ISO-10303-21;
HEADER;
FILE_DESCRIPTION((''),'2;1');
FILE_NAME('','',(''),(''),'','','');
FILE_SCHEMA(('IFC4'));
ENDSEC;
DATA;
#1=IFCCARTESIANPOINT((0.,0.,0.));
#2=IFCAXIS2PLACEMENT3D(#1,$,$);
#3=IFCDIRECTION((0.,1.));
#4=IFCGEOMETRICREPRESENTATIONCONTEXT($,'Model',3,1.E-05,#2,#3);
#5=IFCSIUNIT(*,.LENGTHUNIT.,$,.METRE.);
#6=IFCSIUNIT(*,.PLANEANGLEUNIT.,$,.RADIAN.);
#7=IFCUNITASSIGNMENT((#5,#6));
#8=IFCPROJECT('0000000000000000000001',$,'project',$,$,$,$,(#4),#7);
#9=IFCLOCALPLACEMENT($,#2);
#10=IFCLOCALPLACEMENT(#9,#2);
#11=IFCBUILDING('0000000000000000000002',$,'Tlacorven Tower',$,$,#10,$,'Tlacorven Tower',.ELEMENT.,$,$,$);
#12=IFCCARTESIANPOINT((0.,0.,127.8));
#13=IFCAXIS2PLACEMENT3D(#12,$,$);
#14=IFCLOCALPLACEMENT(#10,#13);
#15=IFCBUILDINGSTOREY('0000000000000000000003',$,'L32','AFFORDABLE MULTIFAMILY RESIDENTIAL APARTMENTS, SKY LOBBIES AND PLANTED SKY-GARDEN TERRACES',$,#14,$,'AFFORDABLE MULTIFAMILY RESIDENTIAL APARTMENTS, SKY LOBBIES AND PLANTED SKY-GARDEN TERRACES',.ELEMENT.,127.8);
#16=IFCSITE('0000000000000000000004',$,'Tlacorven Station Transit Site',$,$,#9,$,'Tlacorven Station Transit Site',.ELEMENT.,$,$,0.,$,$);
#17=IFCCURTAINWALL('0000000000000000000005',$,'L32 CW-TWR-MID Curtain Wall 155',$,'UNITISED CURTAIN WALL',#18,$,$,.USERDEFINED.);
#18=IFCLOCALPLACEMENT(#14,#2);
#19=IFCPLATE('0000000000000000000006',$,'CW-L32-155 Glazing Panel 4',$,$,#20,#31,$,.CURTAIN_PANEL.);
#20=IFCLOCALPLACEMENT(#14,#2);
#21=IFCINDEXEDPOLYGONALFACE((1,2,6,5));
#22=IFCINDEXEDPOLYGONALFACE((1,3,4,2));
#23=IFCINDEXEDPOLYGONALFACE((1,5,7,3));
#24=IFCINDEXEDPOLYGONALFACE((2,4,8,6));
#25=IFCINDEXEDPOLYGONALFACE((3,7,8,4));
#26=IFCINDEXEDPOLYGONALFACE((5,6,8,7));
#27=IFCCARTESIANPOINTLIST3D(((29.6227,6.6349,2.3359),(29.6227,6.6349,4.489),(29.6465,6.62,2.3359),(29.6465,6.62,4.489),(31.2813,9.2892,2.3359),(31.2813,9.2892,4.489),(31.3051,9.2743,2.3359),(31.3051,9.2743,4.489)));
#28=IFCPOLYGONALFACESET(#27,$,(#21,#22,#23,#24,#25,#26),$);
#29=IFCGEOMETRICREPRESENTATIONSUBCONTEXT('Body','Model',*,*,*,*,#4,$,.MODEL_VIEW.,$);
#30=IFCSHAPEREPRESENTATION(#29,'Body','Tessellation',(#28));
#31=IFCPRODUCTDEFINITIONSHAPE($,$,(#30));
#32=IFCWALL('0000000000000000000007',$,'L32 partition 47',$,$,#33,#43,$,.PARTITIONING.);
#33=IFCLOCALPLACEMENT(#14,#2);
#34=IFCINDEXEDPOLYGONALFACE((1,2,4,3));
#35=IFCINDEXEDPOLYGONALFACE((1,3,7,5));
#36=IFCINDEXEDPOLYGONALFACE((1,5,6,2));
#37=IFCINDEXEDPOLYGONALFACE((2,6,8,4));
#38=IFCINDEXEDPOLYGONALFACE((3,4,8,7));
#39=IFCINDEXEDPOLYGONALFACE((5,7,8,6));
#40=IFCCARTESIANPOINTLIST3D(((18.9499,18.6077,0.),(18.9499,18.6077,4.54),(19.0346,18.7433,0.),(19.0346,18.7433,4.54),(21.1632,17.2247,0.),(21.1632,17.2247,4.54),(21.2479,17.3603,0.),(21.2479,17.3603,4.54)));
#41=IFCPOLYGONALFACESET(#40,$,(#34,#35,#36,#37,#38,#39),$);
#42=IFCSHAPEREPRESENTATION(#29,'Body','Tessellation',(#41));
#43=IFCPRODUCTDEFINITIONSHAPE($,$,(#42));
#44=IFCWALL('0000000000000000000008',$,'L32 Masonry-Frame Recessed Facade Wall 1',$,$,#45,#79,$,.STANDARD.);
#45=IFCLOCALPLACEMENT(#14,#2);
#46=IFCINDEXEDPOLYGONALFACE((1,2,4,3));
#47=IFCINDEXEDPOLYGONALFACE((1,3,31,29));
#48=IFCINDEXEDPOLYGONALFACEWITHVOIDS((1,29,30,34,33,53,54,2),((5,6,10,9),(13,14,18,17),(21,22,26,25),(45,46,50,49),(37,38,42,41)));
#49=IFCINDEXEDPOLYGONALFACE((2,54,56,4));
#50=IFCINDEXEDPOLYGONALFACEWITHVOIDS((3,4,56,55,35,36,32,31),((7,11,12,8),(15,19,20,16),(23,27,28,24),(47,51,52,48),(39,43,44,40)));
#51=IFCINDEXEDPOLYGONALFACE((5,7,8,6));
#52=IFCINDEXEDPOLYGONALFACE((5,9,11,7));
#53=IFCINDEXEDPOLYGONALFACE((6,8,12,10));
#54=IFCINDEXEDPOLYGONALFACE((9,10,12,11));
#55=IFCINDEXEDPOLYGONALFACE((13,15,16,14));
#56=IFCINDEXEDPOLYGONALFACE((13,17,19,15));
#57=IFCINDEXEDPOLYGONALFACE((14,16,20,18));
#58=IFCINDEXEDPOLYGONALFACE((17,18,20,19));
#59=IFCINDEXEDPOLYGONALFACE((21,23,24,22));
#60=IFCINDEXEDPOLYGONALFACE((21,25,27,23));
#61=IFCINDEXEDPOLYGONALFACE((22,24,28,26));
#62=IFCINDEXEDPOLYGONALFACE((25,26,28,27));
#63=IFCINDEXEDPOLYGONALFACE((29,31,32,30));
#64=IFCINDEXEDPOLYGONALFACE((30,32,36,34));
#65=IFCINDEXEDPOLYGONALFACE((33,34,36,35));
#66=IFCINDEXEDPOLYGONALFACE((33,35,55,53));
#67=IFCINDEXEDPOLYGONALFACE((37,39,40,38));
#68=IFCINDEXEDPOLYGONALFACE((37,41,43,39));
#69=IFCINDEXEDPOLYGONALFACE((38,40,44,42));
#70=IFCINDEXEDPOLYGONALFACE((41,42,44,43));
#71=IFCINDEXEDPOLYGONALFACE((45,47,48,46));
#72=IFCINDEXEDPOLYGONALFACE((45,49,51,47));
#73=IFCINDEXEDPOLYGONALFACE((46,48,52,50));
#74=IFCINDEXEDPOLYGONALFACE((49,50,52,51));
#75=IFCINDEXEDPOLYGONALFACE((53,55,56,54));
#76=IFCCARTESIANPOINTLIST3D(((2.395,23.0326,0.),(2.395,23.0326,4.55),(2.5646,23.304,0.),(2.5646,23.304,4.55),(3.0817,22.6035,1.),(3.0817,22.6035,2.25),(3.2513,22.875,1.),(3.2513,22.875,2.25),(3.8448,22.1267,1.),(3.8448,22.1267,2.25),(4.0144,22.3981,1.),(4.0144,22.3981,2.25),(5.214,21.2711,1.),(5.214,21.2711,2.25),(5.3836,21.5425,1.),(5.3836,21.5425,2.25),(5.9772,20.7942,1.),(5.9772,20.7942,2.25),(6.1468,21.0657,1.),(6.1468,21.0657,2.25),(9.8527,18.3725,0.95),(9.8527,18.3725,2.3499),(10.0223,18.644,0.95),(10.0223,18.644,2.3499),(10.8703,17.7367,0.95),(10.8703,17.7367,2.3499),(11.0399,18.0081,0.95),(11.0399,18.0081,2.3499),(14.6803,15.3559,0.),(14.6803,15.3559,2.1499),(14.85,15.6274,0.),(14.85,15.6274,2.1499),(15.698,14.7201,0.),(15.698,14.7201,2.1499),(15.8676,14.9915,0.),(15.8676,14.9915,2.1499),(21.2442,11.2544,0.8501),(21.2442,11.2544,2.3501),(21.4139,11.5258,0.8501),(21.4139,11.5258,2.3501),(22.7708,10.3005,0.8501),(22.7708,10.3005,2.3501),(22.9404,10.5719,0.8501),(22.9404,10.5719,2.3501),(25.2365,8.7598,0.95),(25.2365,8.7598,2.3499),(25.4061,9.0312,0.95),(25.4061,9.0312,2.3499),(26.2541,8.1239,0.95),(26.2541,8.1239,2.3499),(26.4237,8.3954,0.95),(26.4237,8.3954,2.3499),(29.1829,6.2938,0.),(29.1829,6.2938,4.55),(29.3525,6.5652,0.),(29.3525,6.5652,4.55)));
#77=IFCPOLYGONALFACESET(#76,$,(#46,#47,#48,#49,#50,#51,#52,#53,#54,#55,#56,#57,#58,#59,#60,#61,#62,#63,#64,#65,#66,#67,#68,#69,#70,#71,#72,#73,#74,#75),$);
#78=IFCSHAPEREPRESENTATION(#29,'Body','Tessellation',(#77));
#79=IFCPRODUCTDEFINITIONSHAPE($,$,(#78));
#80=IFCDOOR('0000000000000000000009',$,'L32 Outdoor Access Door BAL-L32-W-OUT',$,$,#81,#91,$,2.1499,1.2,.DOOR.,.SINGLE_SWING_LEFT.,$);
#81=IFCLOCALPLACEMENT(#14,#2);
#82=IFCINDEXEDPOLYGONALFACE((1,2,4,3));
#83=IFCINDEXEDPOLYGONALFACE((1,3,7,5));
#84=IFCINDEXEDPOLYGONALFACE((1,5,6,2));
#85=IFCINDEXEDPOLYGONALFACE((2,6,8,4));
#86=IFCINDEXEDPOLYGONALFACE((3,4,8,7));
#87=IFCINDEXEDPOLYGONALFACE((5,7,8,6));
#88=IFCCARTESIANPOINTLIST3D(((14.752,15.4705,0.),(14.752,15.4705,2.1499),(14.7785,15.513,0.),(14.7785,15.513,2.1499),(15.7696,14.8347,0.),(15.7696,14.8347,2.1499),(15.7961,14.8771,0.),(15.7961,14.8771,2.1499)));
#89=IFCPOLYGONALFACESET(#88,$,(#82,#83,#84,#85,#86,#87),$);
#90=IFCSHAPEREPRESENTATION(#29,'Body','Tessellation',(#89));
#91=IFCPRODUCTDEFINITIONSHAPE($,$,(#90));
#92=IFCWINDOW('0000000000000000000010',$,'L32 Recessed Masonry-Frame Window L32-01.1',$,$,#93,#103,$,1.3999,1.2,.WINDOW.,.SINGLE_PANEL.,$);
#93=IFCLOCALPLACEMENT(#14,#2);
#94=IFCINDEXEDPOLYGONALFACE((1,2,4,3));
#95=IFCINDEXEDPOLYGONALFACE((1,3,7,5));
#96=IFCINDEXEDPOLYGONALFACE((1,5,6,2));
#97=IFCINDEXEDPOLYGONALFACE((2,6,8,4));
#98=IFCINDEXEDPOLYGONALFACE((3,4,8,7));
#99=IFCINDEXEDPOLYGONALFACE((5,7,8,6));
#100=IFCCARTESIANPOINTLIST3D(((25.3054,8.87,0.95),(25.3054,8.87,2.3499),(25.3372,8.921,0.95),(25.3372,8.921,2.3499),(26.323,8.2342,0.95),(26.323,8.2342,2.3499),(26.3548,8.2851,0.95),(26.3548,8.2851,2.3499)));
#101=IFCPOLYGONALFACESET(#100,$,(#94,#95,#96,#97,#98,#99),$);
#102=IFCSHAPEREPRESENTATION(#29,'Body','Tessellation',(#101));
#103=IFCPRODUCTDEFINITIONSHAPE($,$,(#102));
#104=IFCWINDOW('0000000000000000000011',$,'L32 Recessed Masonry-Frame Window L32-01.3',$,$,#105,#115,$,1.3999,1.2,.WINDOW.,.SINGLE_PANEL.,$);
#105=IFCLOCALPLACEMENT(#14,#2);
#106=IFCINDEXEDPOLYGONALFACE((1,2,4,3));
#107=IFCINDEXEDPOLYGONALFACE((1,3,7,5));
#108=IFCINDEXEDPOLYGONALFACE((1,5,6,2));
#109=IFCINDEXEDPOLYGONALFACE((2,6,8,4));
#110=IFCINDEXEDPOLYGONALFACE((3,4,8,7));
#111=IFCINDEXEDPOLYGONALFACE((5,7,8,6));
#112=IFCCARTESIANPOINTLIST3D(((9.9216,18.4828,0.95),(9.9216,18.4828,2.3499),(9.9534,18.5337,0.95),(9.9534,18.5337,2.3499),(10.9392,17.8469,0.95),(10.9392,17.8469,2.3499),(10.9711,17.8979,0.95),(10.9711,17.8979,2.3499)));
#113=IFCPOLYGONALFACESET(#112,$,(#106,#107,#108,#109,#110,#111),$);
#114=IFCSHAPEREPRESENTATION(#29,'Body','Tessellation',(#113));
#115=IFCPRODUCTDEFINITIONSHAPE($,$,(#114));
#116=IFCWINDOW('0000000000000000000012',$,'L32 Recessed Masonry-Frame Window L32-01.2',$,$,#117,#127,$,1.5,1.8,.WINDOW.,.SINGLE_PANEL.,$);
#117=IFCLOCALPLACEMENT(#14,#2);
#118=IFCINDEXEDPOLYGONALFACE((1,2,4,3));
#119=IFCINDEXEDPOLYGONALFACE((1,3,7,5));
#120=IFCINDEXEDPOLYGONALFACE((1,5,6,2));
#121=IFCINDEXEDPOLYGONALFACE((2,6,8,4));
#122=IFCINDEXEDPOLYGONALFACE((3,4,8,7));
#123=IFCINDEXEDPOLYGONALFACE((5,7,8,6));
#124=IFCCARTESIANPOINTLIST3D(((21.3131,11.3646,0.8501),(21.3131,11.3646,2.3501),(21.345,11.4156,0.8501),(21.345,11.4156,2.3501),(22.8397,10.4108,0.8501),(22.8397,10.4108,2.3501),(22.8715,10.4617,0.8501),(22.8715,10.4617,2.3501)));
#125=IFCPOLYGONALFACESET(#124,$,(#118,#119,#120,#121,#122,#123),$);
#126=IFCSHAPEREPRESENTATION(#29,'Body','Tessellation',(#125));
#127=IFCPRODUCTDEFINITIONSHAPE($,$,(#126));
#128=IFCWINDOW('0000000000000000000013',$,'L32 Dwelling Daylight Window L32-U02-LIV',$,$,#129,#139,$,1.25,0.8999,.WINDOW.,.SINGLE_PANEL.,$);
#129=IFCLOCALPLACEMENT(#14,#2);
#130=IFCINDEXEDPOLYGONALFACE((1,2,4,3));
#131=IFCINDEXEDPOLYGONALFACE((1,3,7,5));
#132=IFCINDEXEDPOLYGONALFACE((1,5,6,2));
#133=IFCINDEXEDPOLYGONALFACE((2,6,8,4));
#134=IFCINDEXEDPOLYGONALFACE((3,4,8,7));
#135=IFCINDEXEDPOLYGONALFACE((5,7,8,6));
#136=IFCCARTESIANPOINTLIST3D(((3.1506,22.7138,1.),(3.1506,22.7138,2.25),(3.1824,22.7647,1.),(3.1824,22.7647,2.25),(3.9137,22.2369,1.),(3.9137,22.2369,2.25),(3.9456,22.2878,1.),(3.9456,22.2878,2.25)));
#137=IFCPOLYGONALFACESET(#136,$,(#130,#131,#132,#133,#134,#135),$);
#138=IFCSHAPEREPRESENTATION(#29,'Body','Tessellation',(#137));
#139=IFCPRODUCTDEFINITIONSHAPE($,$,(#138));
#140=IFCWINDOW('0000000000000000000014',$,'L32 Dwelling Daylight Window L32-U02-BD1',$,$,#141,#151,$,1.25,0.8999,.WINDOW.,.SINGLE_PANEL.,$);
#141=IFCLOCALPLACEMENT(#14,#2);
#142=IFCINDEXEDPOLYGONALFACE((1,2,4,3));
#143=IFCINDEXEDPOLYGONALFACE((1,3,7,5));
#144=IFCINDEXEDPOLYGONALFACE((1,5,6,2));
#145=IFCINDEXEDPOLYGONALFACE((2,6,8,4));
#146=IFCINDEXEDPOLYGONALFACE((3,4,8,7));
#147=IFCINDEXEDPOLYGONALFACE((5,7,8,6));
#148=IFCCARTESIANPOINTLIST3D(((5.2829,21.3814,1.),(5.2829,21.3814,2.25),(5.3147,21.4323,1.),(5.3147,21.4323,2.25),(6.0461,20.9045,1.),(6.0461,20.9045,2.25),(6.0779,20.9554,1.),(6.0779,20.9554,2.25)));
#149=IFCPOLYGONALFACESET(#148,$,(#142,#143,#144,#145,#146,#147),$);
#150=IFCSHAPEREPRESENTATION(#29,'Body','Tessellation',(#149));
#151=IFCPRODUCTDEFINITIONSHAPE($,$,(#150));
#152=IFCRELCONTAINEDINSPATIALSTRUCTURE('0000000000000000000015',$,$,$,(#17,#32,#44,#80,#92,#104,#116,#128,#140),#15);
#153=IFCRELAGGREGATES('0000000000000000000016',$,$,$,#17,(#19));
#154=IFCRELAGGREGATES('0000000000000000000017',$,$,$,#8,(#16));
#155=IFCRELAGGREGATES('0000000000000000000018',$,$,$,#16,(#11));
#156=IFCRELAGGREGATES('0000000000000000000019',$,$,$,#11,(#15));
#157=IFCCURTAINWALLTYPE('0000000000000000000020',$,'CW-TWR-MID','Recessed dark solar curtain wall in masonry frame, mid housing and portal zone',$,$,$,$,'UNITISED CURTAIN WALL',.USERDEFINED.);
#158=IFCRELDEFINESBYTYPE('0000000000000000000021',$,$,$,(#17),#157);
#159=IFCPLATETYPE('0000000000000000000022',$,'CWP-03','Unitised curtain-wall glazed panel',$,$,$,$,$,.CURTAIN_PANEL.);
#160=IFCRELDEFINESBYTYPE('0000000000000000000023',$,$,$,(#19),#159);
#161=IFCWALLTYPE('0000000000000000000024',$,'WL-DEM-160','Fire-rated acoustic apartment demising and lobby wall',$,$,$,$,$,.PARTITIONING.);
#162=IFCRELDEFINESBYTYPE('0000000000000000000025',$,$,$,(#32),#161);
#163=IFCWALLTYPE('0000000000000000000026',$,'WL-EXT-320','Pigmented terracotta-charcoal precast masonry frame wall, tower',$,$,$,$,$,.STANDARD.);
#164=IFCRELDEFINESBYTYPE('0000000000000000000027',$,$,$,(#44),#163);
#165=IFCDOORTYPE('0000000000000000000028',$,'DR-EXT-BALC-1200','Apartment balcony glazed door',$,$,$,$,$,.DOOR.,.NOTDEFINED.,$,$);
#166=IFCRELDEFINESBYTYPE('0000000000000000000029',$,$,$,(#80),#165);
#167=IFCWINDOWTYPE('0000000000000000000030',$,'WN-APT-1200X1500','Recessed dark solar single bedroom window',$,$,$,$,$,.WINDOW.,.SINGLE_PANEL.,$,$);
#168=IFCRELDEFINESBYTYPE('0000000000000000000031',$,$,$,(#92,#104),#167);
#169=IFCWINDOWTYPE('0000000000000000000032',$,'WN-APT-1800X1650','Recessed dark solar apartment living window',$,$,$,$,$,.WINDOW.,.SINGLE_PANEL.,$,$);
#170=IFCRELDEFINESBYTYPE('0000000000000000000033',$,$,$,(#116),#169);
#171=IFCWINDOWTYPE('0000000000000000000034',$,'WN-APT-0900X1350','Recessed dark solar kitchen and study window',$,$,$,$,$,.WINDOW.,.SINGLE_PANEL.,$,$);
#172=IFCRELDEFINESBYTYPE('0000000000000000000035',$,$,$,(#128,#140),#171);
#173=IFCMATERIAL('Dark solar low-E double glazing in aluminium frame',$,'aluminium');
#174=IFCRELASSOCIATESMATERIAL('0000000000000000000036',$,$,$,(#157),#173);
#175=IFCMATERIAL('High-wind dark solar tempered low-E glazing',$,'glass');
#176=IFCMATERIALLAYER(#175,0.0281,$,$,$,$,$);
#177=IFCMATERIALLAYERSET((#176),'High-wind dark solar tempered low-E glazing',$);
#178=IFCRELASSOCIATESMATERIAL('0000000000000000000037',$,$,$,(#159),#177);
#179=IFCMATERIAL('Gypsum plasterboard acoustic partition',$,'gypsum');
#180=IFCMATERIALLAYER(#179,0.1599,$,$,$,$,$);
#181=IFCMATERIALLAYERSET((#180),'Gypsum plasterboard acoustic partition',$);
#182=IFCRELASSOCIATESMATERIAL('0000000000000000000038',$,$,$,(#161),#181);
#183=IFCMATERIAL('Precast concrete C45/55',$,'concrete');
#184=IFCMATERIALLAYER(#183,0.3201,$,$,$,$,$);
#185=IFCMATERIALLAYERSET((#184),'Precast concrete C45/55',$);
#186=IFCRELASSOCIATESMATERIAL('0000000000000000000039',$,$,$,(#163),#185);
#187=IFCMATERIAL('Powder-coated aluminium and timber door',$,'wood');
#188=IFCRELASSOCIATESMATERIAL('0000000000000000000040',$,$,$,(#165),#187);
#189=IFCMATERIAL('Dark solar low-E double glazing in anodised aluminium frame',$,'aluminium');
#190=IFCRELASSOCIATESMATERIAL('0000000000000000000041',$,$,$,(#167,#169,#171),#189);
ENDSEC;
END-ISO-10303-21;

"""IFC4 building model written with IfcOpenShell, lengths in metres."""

from ifc_helpers import new_model, si_unit, direction, frame, frame_2d, origin, origin_2d, place, context, subcontext, project, spatial, rectangle, extrude, source, transform, mapped, material, layer, layer_set, type_object, element, fill, aggregate, save


model = new_model("IFC4")

# Units and contexts
model_context = context("Model", 3, precision=1e-05, world=origin(), true_north=direction((0.0, 1.0)))
body_context = subcontext(model_context, "Body", "Model", "MODEL_VIEW")
ifc_project = project(units=[si_unit("LENGTHUNIT", "METRE"), si_unit("PLANEANGLEUNIT", "RADIAN")], contexts=[model_context])

# Site, building, storey
site_placement = place(None, origin())
site = spatial("IfcSite", under=ifc_project, at=site_placement, Name="Tlacorven Station Transit Site", LongName="Tlacorven Station Transit Site", CompositionType="ELEMENT", RefElevation=0.0)
building_placement = place(site_placement, origin())
building = spatial("IfcBuilding", under=site, at=building_placement, Name="Tlacorven Tower", LongName="Tlacorven Tower", CompositionType="ELEMENT")
storey_placement = place(building_placement, frame((0.0, 0.0, 127.8)))
storey = spatial("IfcBuildingStorey", under=building, at=storey_placement, Name="L32", Description="AFFORDABLE MULTIFAMILY RESIDENTIAL APARTMENTS, SKY LOBBIES AND PLANTED SKY-GARDEN TERRACES", LongName="AFFORDABLE MULTIFAMILY RESIDENTIAL APARTMENTS, SKY LOBBIES AND PLANTED SKY-GARDEN TERRACES", CompositionType="ELEMENT", Elevation=127.8)

# Curtain wall, plate
ifc_material_1 = material(Name="Dark solar low-E double glazing in aluminium frame", Category="aluminium")
curtain_wall_type = type_object("IfcCurtainWallType", Name="CW-TWR-MID", Description="Recessed dark solar curtain wall in masonry frame, mid housing and portal zone", ElementType="UNITISED CURTAIN WALL", PredefinedType="USERDEFINED", material=ifc_material_1)
curtain_wall_placement = place(storey_placement, origin())
curtain_wall = element("IfcCurtainWall", 1, at=curtain_wall_placement, inside=storey, type_object=curtain_wall_type, Name="L32 CW-TWR-MID Curtain Wall 155", ObjectType="UNITISED CURTAIN WALL", PredefinedType="USERDEFINED")
ifc_material_2 = material(Name="High-wind dark solar tempered low-E glazing", Category="glass")
ifc_layer_1 = layer(ifc_material_2, 0.0281)
ifc_layer_set_1 = layer_set([ifc_layer_1], Name="High-wind dark solar tempered low-E glazing")
plate_type = type_object("IfcPlateType", Name="CWP-03", Description="Unitised curtain-wall glazed panel", PredefinedType="CURTAIN_PANEL", material=ifc_layer_set_1)
shared_shape_1 = source(origin(), body_context, "Body", "SweptSolid", [
    extrude(rectangle(XDim=3.1299, YDim=0.0281, at=origin_2d()), origin(), (0.0, 0.0, 1.0), 2.1531),
])
plate_1_placement = place(storey_placement, frame((30.4639, 7.9546, 2.3359), z_axis=(0.0, 0.0, 1.0), x_axis=(-0.529919, -0.848048, 0.0)))
plate_1 = element("IfcPlate", 2, at=plate_1_placement, type_object=plate_type, Name="CW-L32-155 Glazing Panel 4", PredefinedType="CURTAIN_PANEL", context=body_context, shape_type="MappedRepresentation", body=[
    mapped(shared_shape_1, transform((0.0, 0.0, 0.0), scale=1.0)),
])
aggregate(curtain_wall, [plate_1])

# Wall
ifc_material_3 = material(Name="Gypsum plasterboard acoustic partition", Category="gypsum")
ifc_layer_2 = layer(ifc_material_3, 0.1599)
ifc_layer_set_2 = layer_set([ifc_layer_2], Name="Gypsum plasterboard acoustic partition")
wall_type_1 = type_object("IfcWallType", Name="WL-DEM-160", Description="Fire-rated acoustic apartment demising and lobby wall", PredefinedType="PARTITIONING", material=ifc_layer_set_2)
wall_1_placement = place(storey_placement, frame((21.2056, 17.2925, 0.0), z_axis=(0.0, 0.0, 1.0), x_axis=(-0.848051, 0.529915, 0.0)))
element("IfcWall", 3, at=wall_1_placement, inside=storey, type_object=wall_type_1, Name="L32 partition 47", PredefinedType="PARTITIONING", context=body_context, shape_type="SweptSolid", body=[
    extrude(rectangle(XDim=2.6099, YDim=0.1599, at=frame_2d((1.3049, 0.0))), origin(), (0.0, 0.0, 1.0), 4.54),
])

# Wall, openings, door, windows
ifc_material_4 = material(Name="Precast concrete C45/55", Category="concrete")
ifc_layer_3 = layer(ifc_material_4, 0.3201)
ifc_layer_set_3 = layer_set([ifc_layer_3], Name="Precast concrete C45/55")
wall_type_2 = type_object("IfcWallType", Name="WL-EXT-320", Description="Pigmented terracotta-charcoal precast masonry frame wall, tower", PredefinedType="STANDARD", material=ifc_layer_set_3)
wall_2_placement = place(storey_placement, frame((29.2678, 6.4294, 0.0), z_axis=(0.0, 0.0, 1.0), x_axis=(-0.84805, 0.529916, 0.0)))
wall_2 = element("IfcWall", 4, at=wall_2_placement, inside=storey, type_object=wall_type_2, Name="L32 Masonry-Frame Recessed Facade Wall 1", PredefinedType="STANDARD", context=body_context, shape_type="SweptSolid", body=[
    extrude(rectangle(XDim=31.5876, YDim=0.3201, at=frame_2d((15.7939, 0.0))), origin(), (0.0, 0.0, 1.0), 4.55),
])
opening_1_placement = place(wall_2_placement, frame((15.9011, 0.0, 0.0)))
opening_1 = element("IfcOpeningElement", 5, at=opening_1_placement, cuts=wall_2, PredefinedType="OPENING", context=body_context, shape_type="SweptSolid", body=[
    extrude(rectangle(XDim=1.2, YDim=2.1499, at=frame_2d((0.6001, 1.075))), frame((0.0, 0.1699, 0.0), z_axis=(0.0, -1.0, 0.0), x_axis=(1.0, 0.0, 0.0)), (0.0, 0.0, 1.0), 0.3401),
])
opening_2_placement = place(wall_2_placement, frame((3.4536, 0.0, 0.95)))
opening_2 = element("IfcOpeningElement", 6, at=opening_2_placement, cuts=wall_2, PredefinedType="OPENING", context=body_context, shape_type="SweptSolid", body=[
    extrude(rectangle(XDim=1.2, YDim=1.3999, at=frame_2d((0.6001, 0.7))), frame((0.0, 0.1699, 0.0), z_axis=(0.0, -1.0, 0.0), x_axis=(1.0, 0.0, 0.0)), (0.0, 0.0, 1.0), 0.3401),
])
opening_3_placement = place(wall_2_placement, frame((7.5613, 0.0, 0.8501)))
opening_3 = element("IfcOpeningElement", 7, at=opening_3_placement, cuts=wall_2, PredefinedType="OPENING", context=body_context, shape_type="SweptSolid", body=[
    extrude(rectangle(XDim=1.8, YDim=1.5, at=frame_2d((0.8999, 0.75))), frame((0.0, 0.1699, 0.0), z_axis=(0.0, -1.0, 0.0), x_axis=(1.0, 0.0, 0.0)), (0.0, 0.0, 1.0), 0.3401),
])
opening_4_placement = place(wall_2_placement, frame((21.5938, 0.0, 0.95)))
opening_4 = element("IfcOpeningElement", 8, at=opening_4_placement, cuts=wall_2, PredefinedType="OPENING", context=body_context, shape_type="SweptSolid", body=[
    extrude(rectangle(XDim=1.2, YDim=1.3999, at=frame_2d((0.6001, 0.7))), frame((0.0, 0.1699, 0.0), z_axis=(0.0, -1.0, 0.0), x_axis=(1.0, 0.0, 0.0)), (0.0, 0.0, 1.0), 0.3401),
])
opening_5_placement = place(wall_2_placement, frame((29.8782, 0.0, 1.0)))
opening_5 = element("IfcOpeningElement", 9, at=opening_5_placement, cuts=wall_2, PredefinedType="OPENING", context=body_context, shape_type="SweptSolid", body=[
    extrude(rectangle(XDim=0.8999, YDim=1.25, at=frame_2d((0.45, 0.625))), frame((0.0, 0.1699, 0.0), z_axis=(0.0, -1.0, 0.0), x_axis=(1.0, 0.0, 0.0)), (0.0, 0.0, 1.0), 0.3401),
])
opening_6_placement = place(wall_2_placement, frame((27.3638, 0.0, 1.0)))
opening_6 = element("IfcOpeningElement", 10, at=opening_6_placement, cuts=wall_2, PredefinedType="OPENING", context=body_context, shape_type="SweptSolid", body=[
    extrude(rectangle(XDim=0.8999, YDim=1.25, at=frame_2d((0.45, 0.625))), frame((0.0, 0.1699, 0.0), z_axis=(0.0, -1.0, 0.0), x_axis=(1.0, 0.0, 0.0)), (0.0, 0.0, 1.0), 0.3401),
])
ifc_material_5 = material(Name="Powder-coated aluminium and timber door", Category="wood")
door_type_1 = type_object("IfcDoorType", Name="DR-EXT-BALC-1200", Description="Apartment balcony glazed door", OperationType="NOTDEFINED", PredefinedType="DOOR", material=ifc_material_5)
shared_shape_2 = source(origin(), body_context, "Body", "SweptSolid", [
    extrude(rectangle(XDim=1.2, YDim=2.1499, at=frame_2d((0.6001, 1.075))), frame((0.0, 0.0249, 0.0), z_axis=(0.0, -1.0, 0.0), x_axis=(1.0, 0.0, 0.0)), (0.0, 0.0, 1.0), 0.05),
])
door_1_placement = place(opening_1_placement, origin())
door_1 = element("IfcDoor", 11, at=door_1_placement, inside=storey, type_object=door_type_1, Name="L32 Outdoor Access Door BAL-L32-W-OUT", OperationType="SINGLE_SWING_LEFT", OverallHeight=2.1499, OverallWidth=1.2, PredefinedType="DOOR", context=body_context, shape_type="MappedRepresentation", body=[
    mapped(shared_shape_2, transform((0.0, 0.0, 0.0), scale=1.0)),
])
fill(opening_1, door_1)
ifc_material_6 = material(Name="Dark solar low-E double glazing in anodised aluminium frame", Category="aluminium")
window_type_1 = type_object("IfcWindowType", Name="WN-APT-1200X1500", Description="Recessed dark solar single bedroom window", PartitioningType="SINGLE_PANEL", PredefinedType="WINDOW", material=ifc_material_6)
shared_shape_3 = source(origin(), body_context, "Body", "SweptSolid", [
    extrude(rectangle(XDim=1.2, YDim=1.3999, at=frame_2d((0.6001, 0.7))), frame((0.0, 0.03, 0.0), z_axis=(0.0, -1.0, 0.0), x_axis=(1.0, 0.0, 0.0)), (0.0, 0.0, 1.0), 0.0601),
])
window_1_placement = place(opening_2_placement, origin())
window_1 = element("IfcWindow", 12, at=window_1_placement, inside=storey, type_object=window_type_1, Name="L32 Recessed Masonry-Frame Window L32-01.1", OverallHeight=1.3999, OverallWidth=1.2, PartitioningType="SINGLE_PANEL", PredefinedType="WINDOW", context=body_context, shape_type="MappedRepresentation", body=[
    mapped(shared_shape_3, transform((0.0, 0.0, 0.0), scale=1.0)),
])
fill(opening_2, window_1)
window_2_placement = place(opening_4_placement, origin())
window_2 = element("IfcWindow", 13, at=window_2_placement, inside=storey, type_object=window_type_1, Name="L32 Recessed Masonry-Frame Window L32-01.3", OverallHeight=1.3999, OverallWidth=1.2, PartitioningType="SINGLE_PANEL", PredefinedType="WINDOW", context=body_context, shape_type="MappedRepresentation", body=[
    mapped(shared_shape_3, transform((0.0, 0.0, 0.0), scale=1.0)),
])
fill(opening_4, window_2)
window_type_2 = type_object("IfcWindowType", Name="WN-APT-1800X1650", Description="Recessed dark solar apartment living window", PartitioningType="SINGLE_PANEL", PredefinedType="WINDOW", material=ifc_material_6)
shared_shape_4 = source(origin(), body_context, "Body", "SweptSolid", [
    extrude(rectangle(XDim=1.8, YDim=1.5, at=frame_2d((0.8999, 0.75))), frame((0.0, 0.03, 0.0), z_axis=(0.0, -1.0, 0.0), x_axis=(1.0, 0.0, 0.0)), (0.0, 0.0, 1.0), 0.0601),
])
window_3_placement = place(opening_3_placement, origin())
window_3 = element("IfcWindow", 14, at=window_3_placement, inside=storey, type_object=window_type_2, Name="L32 Recessed Masonry-Frame Window L32-01.2", OverallHeight=1.5, OverallWidth=1.8, PartitioningType="SINGLE_PANEL", PredefinedType="WINDOW", context=body_context, shape_type="MappedRepresentation", body=[
    mapped(shared_shape_4, transform((0.0, 0.0, 0.0), scale=1.0)),
])
fill(opening_3, window_3)
window_type_3 = type_object("IfcWindowType", Name="WN-APT-0900X1350", Description="Recessed dark solar kitchen and study window", PartitioningType="SINGLE_PANEL", PredefinedType="WINDOW", material=ifc_material_6)
shared_shape_5 = source(origin(), body_context, "Body", "SweptSolid", [
    extrude(rectangle(XDim=0.8999, YDim=1.25, at=frame_2d((0.45, 0.625))), frame((0.0, 0.03, 0.0), z_axis=(0.0, -1.0, 0.0), x_axis=(1.0, 0.0, 0.0)), (0.0, 0.0, 1.0), 0.0601),
])
window_4_placement = place(opening_5_placement, origin())
window_4 = element("IfcWindow", 15, at=window_4_placement, inside=storey, type_object=window_type_3, Name="L32 Dwelling Daylight Window L32-U02-LIV", OverallHeight=1.25, OverallWidth=0.8999, PartitioningType="SINGLE_PANEL", PredefinedType="WINDOW", context=body_context, shape_type="MappedRepresentation", body=[
    mapped(shared_shape_5, transform((0.0, 0.0, 0.0), scale=1.0)),
])
fill(opening_5, window_4)
window_5_placement = place(opening_6_placement, origin())
window_5 = element("IfcWindow", 16, at=window_5_placement, inside=storey, type_object=window_type_3, Name="L32 Dwelling Daylight Window L32-U02-BD1", OverallHeight=1.25, OverallWidth=0.8999, PartitioningType="SINGLE_PANEL", PredefinedType="WINDOW", context=body_context, shape_type="MappedRepresentation", body=[
    mapped(shared_shape_5, transform((0.0, 0.0, 0.0), scale=1.0)),
])
fill(opening_6, window_5)

save(model, "model.ifc")
